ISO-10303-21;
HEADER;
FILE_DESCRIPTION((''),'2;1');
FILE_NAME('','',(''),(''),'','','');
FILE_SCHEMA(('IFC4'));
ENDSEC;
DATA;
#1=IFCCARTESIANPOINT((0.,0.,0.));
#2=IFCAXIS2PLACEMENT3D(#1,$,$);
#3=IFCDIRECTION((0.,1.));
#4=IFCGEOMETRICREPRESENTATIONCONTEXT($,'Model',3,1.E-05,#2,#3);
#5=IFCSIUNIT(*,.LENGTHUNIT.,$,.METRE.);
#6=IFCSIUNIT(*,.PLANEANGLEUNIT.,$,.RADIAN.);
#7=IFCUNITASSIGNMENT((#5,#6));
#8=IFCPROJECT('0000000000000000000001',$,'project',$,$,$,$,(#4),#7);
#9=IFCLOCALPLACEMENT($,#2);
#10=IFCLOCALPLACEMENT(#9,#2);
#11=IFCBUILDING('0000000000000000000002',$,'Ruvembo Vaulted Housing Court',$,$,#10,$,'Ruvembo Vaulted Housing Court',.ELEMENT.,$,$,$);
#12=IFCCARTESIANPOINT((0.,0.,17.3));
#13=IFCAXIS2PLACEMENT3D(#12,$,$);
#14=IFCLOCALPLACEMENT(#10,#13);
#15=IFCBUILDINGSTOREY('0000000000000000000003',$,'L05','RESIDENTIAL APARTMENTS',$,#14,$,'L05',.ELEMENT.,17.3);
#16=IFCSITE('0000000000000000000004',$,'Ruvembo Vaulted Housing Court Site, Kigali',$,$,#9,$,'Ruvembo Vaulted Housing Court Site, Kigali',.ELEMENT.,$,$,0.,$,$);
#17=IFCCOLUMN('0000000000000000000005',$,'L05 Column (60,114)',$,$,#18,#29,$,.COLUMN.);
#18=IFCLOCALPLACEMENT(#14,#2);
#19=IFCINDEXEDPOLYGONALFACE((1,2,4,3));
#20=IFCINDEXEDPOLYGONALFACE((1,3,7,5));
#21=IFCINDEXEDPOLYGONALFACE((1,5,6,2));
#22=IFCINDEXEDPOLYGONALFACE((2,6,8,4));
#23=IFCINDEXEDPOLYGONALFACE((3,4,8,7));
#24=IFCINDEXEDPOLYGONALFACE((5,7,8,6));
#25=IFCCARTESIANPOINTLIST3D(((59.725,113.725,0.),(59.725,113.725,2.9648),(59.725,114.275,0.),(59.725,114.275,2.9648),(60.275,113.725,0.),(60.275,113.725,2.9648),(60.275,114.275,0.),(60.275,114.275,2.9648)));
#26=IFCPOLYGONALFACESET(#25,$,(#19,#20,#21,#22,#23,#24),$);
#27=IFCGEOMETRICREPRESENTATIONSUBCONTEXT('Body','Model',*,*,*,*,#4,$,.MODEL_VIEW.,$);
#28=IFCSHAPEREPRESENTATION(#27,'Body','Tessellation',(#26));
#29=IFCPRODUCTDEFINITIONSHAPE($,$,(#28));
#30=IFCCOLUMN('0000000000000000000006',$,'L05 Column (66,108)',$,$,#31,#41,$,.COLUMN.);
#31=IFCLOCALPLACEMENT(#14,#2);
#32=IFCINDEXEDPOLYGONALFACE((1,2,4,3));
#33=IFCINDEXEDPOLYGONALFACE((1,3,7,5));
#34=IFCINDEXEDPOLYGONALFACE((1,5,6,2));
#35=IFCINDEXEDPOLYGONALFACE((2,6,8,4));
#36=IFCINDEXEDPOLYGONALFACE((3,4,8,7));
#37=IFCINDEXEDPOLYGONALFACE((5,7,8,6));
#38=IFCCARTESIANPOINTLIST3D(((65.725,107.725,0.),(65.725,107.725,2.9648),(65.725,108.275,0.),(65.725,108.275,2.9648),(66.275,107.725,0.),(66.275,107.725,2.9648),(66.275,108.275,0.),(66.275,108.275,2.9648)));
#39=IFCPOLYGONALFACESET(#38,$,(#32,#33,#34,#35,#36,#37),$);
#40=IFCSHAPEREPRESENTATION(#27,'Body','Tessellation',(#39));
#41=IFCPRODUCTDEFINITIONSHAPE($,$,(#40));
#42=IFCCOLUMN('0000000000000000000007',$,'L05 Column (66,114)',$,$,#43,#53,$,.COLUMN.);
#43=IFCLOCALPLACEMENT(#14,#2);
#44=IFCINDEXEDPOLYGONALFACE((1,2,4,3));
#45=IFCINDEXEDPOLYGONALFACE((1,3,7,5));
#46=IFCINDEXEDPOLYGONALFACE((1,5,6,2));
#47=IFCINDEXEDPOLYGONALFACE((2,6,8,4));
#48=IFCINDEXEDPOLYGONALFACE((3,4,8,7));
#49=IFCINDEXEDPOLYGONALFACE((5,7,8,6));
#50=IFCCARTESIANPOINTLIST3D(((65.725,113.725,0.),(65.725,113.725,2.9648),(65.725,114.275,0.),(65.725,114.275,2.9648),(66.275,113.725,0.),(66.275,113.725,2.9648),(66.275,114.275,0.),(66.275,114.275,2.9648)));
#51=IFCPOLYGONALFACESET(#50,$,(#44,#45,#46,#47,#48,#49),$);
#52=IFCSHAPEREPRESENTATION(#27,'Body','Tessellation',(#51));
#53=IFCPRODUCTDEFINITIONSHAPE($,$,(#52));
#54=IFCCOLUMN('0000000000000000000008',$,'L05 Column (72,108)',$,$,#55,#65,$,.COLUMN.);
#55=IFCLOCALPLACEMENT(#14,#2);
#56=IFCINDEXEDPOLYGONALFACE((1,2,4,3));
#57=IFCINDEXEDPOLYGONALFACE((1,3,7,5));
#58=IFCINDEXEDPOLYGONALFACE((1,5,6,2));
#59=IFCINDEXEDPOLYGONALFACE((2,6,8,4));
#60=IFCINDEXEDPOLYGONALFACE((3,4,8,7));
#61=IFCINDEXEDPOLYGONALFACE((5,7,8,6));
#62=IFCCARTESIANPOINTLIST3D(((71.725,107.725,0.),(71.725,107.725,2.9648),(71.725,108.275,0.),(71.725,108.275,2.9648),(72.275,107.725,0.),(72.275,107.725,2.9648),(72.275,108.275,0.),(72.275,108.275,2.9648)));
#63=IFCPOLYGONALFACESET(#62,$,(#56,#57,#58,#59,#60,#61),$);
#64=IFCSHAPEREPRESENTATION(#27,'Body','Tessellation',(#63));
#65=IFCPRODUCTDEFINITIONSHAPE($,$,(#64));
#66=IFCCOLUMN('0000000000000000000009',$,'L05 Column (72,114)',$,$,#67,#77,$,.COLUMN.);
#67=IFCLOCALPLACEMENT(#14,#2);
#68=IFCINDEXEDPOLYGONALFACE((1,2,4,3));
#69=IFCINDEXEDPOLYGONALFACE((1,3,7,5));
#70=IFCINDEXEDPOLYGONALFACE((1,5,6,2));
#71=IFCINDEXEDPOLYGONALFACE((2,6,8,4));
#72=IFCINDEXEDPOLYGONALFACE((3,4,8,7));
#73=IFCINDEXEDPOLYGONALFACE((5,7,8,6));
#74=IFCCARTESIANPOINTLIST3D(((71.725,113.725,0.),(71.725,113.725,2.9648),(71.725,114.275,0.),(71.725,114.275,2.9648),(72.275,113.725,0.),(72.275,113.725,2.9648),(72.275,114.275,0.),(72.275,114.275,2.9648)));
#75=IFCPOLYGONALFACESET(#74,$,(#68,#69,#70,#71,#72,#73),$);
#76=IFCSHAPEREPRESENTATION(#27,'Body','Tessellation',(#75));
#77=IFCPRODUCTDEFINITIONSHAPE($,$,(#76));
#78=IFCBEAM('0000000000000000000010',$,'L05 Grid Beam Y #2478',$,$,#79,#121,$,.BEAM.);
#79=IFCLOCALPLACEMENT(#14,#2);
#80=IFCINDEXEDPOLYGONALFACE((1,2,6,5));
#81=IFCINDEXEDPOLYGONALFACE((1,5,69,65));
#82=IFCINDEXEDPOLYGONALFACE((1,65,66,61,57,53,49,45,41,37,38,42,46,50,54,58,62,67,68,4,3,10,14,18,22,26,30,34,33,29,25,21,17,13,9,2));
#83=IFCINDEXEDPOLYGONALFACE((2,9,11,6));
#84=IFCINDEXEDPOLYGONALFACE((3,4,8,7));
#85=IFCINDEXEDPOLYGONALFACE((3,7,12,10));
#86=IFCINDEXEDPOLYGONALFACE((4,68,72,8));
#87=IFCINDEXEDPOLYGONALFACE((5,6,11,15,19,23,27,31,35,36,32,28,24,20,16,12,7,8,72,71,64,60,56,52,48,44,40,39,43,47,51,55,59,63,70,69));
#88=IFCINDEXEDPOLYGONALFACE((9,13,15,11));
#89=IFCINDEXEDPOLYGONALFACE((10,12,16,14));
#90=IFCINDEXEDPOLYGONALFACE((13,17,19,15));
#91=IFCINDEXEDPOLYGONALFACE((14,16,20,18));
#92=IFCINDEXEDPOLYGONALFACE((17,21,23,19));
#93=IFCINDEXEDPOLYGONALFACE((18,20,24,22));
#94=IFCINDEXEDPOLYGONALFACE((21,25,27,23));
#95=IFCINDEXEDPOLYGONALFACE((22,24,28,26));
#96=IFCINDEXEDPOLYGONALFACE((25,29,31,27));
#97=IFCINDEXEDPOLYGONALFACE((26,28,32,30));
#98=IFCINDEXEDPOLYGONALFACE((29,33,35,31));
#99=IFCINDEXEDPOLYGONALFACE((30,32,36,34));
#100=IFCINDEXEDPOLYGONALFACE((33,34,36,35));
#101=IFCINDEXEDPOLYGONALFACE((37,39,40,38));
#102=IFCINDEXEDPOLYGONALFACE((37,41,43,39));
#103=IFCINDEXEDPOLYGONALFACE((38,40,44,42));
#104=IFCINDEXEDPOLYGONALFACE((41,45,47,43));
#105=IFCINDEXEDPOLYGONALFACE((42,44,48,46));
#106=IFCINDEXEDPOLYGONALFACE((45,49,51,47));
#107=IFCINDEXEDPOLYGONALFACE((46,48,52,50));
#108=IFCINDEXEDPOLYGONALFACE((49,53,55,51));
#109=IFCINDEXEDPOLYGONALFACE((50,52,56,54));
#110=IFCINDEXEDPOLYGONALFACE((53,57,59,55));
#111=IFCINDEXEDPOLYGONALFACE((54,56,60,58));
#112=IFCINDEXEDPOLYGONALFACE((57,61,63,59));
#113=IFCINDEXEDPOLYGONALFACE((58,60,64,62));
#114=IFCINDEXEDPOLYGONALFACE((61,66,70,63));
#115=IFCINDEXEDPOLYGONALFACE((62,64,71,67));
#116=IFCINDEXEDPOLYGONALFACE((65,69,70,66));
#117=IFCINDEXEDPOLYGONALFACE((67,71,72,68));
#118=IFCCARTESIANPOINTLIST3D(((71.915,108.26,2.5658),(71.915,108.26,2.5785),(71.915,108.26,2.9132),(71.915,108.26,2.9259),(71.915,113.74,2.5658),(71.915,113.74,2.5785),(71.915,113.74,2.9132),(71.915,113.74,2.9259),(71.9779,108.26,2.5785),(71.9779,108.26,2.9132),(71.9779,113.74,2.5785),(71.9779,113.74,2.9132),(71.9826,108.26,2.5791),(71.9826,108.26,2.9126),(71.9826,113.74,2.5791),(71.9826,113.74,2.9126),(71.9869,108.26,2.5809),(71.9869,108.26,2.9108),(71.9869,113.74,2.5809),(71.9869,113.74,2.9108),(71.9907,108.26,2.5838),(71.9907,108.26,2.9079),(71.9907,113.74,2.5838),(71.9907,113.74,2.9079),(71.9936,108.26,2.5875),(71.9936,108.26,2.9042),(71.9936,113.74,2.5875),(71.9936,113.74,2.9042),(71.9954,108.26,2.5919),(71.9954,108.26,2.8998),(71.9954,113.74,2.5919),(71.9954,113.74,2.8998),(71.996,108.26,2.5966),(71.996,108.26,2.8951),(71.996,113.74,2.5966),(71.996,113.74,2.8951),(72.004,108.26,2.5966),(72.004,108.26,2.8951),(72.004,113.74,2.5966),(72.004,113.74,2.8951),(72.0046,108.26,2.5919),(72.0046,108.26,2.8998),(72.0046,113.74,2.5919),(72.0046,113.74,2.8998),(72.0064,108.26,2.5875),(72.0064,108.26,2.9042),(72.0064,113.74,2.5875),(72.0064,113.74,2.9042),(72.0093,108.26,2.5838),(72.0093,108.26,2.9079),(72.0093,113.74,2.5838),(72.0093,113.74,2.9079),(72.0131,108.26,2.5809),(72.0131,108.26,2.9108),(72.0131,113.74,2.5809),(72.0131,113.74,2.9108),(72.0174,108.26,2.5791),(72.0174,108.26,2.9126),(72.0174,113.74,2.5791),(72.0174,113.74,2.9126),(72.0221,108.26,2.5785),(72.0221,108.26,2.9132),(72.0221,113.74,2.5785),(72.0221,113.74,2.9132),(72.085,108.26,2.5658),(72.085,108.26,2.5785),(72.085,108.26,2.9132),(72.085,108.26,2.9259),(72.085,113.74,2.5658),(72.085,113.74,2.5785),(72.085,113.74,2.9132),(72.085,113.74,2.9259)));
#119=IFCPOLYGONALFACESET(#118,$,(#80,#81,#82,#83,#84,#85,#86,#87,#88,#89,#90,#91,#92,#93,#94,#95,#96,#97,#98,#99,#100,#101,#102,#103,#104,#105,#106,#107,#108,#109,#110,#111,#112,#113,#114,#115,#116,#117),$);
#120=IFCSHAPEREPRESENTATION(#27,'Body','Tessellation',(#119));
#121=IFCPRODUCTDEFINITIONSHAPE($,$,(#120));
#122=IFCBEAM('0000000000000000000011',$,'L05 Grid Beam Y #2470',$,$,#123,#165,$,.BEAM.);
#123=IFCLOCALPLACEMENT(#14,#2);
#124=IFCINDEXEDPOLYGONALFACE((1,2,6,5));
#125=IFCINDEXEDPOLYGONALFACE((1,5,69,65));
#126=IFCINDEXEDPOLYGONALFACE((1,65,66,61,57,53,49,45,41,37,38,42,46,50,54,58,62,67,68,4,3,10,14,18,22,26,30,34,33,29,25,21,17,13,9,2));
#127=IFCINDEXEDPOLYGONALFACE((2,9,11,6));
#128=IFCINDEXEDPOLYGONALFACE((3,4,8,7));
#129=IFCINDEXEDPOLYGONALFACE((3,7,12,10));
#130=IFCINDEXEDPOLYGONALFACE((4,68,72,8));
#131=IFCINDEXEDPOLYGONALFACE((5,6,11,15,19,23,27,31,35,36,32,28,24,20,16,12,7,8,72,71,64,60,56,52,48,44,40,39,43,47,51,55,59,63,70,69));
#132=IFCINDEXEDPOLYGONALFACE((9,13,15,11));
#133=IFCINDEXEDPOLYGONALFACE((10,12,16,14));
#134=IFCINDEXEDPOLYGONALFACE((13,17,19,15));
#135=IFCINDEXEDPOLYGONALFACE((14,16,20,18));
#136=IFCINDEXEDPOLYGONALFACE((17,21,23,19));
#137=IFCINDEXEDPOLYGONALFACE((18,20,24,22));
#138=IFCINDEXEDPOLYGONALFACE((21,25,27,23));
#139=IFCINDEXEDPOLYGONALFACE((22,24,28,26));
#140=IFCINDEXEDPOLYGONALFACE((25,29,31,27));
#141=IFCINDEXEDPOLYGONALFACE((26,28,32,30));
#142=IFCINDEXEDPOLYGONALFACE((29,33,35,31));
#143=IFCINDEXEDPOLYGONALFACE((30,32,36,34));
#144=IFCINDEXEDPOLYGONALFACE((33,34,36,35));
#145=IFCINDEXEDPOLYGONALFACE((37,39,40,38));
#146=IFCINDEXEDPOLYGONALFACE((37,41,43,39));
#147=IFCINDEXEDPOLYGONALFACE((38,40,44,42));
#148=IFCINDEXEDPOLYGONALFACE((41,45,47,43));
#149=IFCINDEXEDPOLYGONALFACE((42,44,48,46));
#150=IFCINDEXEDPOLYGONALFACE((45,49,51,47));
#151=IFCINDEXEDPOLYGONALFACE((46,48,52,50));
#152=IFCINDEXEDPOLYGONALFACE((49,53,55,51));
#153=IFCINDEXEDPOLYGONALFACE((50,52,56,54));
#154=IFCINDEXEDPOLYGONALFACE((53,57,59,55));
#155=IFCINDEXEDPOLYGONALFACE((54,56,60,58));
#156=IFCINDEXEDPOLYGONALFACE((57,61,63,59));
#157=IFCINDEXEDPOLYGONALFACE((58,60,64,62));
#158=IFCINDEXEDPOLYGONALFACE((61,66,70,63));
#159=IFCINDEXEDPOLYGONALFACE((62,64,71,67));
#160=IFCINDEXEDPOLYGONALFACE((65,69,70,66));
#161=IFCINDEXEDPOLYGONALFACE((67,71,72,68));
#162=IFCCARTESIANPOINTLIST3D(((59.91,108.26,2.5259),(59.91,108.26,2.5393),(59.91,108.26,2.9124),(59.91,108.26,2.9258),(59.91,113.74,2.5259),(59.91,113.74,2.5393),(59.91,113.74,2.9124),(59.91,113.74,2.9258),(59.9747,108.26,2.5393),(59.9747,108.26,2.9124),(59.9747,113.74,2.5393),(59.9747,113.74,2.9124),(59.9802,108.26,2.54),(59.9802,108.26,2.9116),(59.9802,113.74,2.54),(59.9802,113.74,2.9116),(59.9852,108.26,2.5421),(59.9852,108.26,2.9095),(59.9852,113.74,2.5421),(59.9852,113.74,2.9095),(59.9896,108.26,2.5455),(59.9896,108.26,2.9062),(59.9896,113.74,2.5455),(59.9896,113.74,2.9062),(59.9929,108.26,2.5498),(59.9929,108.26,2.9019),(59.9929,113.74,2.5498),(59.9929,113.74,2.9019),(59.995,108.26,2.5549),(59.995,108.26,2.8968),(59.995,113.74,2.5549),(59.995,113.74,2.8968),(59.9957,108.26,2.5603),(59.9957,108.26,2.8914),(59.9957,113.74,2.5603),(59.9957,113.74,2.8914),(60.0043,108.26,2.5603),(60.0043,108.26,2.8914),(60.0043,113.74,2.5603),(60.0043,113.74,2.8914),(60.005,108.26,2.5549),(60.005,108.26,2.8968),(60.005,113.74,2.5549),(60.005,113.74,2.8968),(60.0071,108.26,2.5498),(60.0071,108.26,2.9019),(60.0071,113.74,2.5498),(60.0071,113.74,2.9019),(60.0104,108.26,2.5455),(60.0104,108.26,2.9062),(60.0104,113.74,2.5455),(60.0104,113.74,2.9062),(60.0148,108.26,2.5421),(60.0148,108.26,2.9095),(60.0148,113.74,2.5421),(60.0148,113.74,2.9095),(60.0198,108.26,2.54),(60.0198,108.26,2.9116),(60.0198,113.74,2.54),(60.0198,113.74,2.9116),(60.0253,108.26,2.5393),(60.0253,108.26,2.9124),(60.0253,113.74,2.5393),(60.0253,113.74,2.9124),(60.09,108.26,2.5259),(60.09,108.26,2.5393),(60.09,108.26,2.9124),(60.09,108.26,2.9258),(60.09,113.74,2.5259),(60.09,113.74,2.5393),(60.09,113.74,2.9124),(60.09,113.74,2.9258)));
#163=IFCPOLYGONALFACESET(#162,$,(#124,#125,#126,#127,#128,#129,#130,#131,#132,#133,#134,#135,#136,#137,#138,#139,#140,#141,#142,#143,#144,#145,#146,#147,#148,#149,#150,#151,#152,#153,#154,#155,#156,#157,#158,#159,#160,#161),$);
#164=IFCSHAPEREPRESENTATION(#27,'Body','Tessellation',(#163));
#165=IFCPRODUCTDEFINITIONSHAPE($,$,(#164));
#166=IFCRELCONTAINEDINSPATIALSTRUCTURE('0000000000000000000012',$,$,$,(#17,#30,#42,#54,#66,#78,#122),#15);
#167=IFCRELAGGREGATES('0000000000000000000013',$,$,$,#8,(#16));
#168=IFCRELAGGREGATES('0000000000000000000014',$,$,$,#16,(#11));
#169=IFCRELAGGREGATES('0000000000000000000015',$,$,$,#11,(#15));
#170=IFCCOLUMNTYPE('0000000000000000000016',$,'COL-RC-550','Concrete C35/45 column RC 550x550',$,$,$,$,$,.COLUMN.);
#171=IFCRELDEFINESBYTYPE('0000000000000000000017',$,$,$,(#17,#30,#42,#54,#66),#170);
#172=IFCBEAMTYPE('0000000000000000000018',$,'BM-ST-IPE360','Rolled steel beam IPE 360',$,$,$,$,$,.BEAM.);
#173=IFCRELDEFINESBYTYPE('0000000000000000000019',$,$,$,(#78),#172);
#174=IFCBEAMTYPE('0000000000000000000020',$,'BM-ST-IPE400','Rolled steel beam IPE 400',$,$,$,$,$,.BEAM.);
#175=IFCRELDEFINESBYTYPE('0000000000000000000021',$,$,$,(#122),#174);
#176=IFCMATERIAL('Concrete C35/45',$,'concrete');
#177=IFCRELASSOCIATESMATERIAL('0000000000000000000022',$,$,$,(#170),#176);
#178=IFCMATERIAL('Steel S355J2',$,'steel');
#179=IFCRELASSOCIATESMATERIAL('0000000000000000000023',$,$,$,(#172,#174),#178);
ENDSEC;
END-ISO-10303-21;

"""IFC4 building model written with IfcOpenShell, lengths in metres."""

from ifc_helpers import new_model, si_unit, direction, frame, origin, origin_2d, place, context, subcontext, project, spatial, rectangle, i_section, extrude, material, material_profile, profile_set, type_object, element, save


model = new_model("IFC4")

# Units and contexts
model_context = context("Model", 3, precision=1e-05, world=origin(), true_north=direction((0.0, 1.0)))
body_context = subcontext(model_context, "Body", "Model", "MODEL_VIEW")
ifc_project = project(units=[si_unit("LENGTHUNIT", "METRE"), si_unit("PLANEANGLEUNIT", "RADIAN")], contexts=[model_context])

# Site, building, storey
site_placement = place(None, origin())
site = spatial("IfcSite", under=ifc_project, at=site_placement, Name="Ruvembo Vaulted Housing Court Site, Kigali", LongName="Ruvembo Vaulted Housing Court Site, Kigali", CompositionType="ELEMENT", RefElevation=0.0)
building_placement = place(site_placement, origin())
building = spatial("IfcBuilding", under=site, at=building_placement, Name="Ruvembo Vaulted Housing Court", LongName="Ruvembo Vaulted Housing Court", CompositionType="ELEMENT")
storey_placement = place(building_placement, frame((0.0, 0.0, 17.3)))
storey = spatial("IfcBuildingStorey", under=building, at=storey_placement, Name="L05", Description="RESIDENTIAL APARTMENTS", LongName="L05", CompositionType="ELEMENT", Elevation=17.3)

# Columns
ifc_material_1 = material(Name="Concrete C35/45", Category="concrete")
ifc_material_profile_1 = material_profile(ifc_material_1, rectangle(XDim=0.55, YDim=0.55, at=origin_2d()), Name="RC 550x550")
ifc_profile_set_1 = profile_set([ifc_material_profile_1], Name="Concrete C35/45")
column_type = type_object("IfcColumnType", Name="COL-RC-550", Description="Concrete C35/45 column RC 550x550", PredefinedType="COLUMN", material=ifc_profile_set_1)
for number, where, z_axis, x_axis, name in (
    (1, (60.0, 114.0, 0.0), (0.0, 0.0, 1.0), (1.0, 0.0, 0.0), "L05 Column (60,114)"),
    (2, (66.0, 108.0, 0.0), (0.0, 0.0, 1.0), (1.0, 0.0, 0.0), "L05 Column (66,108)"),
    (3, (66.0, 114.0, 0.0), (0.0, 0.0, 1.0), (1.0, 0.0, 0.0), "L05 Column (66,114)"),
    (4, (72.0, 108.0, 0.0), (0.0, 0.0, 1.0), (1.0, 0.0, 0.0), "L05 Column (72,108)"),
    (5, (72.0, 114.0, 0.0), (0.0, 0.0, 1.0), (1.0, 0.0, 0.0), "L05 Column (72,114)"),
):
    element("IfcColumn", number, at=place(storey_placement, frame(where, z_axis=z_axis, x_axis=x_axis)), inside=storey, type_object=column_type, Name=name, PredefinedType="COLUMN", context=body_context, shape_type="SweptSolid", body=[
        extrude(rectangle(XDim=0.55, YDim=0.55, at=origin_2d()), origin(), (0.0, 0.0, 1.0), 2.9648),
    ])

# Beams
ifc_material_2 = material(Name="Steel S355J2", Category="steel")
ifc_material_profile_2 = material_profile(ifc_material_2, i_section(OverallWidth=0.1699, OverallDepth=0.3601, WebThickness=0.0081, FlangeThickness=0.0127, FilletRadius=0.0181, at=origin_2d()), Name="IPE 360")
ifc_profile_set_2 = profile_set([ifc_material_profile_2], Name="Steel S355J2")
beam_type_1 = type_object("IfcBeamType", Name="BM-ST-IPE360", Description="Rolled steel beam IPE 360", PredefinedType="BEAM", material=ifc_profile_set_2)
beam_1_placement = place(storey_placement, frame((72.0, 108.26, 2.7458), z_axis=(0.0, 1.0, 0.0), x_axis=(-1.0, 0.0, 0.0)))
element("IfcBeam", 6, at=beam_1_placement, inside=storey, type_object=beam_type_1, Name="L05 Grid Beam Y #2478", PredefinedType="BEAM", context=body_context, shape_type="SweptSolid", body=[
    extrude(i_section(OverallWidth=0.1699, OverallDepth=0.3601, WebThickness=0.0081, FlangeThickness=0.0127, FilletRadius=0.0181, at=origin_2d()), origin(), (0.0, 0.0, 1.0), 5.48),
])
ifc_material_profile_3 = material_profile(ifc_material_2, i_section(OverallWidth=0.1799, OverallDepth=0.3999, WebThickness=0.0085, FlangeThickness=0.0134, FilletRadius=0.021, at=origin_2d()), Name="IPE 400")
ifc_profile_set_3 = profile_set([ifc_material_profile_3], Name="Steel S355J2")
beam_type_2 = type_object("IfcBeamType", Name="BM-ST-IPE400", Description="Rolled steel beam IPE 400", PredefinedType="BEAM", material=ifc_profile_set_3)
beam_2_placement = place(storey_placement, frame((60.0, 108.26, 2.7258), z_axis=(0.0, 1.0, 0.0), x_axis=(-1.0, 0.0, 0.0)))
element("IfcBeam", 7, at=beam_2_placement, inside=storey, type_object=beam_type_2, Name="L05 Grid Beam Y #2470", PredefinedType="BEAM", context=body_context, shape_type="SweptSolid", body=[
    extrude(i_section(OverallWidth=0.1799, OverallDepth=0.3999, WebThickness=0.0085, FlangeThickness=0.0134, FilletRadius=0.021, at=origin_2d()), origin(), (0.0, 0.0, 1.0), 5.48),
])

save(model, "model.ifc")
